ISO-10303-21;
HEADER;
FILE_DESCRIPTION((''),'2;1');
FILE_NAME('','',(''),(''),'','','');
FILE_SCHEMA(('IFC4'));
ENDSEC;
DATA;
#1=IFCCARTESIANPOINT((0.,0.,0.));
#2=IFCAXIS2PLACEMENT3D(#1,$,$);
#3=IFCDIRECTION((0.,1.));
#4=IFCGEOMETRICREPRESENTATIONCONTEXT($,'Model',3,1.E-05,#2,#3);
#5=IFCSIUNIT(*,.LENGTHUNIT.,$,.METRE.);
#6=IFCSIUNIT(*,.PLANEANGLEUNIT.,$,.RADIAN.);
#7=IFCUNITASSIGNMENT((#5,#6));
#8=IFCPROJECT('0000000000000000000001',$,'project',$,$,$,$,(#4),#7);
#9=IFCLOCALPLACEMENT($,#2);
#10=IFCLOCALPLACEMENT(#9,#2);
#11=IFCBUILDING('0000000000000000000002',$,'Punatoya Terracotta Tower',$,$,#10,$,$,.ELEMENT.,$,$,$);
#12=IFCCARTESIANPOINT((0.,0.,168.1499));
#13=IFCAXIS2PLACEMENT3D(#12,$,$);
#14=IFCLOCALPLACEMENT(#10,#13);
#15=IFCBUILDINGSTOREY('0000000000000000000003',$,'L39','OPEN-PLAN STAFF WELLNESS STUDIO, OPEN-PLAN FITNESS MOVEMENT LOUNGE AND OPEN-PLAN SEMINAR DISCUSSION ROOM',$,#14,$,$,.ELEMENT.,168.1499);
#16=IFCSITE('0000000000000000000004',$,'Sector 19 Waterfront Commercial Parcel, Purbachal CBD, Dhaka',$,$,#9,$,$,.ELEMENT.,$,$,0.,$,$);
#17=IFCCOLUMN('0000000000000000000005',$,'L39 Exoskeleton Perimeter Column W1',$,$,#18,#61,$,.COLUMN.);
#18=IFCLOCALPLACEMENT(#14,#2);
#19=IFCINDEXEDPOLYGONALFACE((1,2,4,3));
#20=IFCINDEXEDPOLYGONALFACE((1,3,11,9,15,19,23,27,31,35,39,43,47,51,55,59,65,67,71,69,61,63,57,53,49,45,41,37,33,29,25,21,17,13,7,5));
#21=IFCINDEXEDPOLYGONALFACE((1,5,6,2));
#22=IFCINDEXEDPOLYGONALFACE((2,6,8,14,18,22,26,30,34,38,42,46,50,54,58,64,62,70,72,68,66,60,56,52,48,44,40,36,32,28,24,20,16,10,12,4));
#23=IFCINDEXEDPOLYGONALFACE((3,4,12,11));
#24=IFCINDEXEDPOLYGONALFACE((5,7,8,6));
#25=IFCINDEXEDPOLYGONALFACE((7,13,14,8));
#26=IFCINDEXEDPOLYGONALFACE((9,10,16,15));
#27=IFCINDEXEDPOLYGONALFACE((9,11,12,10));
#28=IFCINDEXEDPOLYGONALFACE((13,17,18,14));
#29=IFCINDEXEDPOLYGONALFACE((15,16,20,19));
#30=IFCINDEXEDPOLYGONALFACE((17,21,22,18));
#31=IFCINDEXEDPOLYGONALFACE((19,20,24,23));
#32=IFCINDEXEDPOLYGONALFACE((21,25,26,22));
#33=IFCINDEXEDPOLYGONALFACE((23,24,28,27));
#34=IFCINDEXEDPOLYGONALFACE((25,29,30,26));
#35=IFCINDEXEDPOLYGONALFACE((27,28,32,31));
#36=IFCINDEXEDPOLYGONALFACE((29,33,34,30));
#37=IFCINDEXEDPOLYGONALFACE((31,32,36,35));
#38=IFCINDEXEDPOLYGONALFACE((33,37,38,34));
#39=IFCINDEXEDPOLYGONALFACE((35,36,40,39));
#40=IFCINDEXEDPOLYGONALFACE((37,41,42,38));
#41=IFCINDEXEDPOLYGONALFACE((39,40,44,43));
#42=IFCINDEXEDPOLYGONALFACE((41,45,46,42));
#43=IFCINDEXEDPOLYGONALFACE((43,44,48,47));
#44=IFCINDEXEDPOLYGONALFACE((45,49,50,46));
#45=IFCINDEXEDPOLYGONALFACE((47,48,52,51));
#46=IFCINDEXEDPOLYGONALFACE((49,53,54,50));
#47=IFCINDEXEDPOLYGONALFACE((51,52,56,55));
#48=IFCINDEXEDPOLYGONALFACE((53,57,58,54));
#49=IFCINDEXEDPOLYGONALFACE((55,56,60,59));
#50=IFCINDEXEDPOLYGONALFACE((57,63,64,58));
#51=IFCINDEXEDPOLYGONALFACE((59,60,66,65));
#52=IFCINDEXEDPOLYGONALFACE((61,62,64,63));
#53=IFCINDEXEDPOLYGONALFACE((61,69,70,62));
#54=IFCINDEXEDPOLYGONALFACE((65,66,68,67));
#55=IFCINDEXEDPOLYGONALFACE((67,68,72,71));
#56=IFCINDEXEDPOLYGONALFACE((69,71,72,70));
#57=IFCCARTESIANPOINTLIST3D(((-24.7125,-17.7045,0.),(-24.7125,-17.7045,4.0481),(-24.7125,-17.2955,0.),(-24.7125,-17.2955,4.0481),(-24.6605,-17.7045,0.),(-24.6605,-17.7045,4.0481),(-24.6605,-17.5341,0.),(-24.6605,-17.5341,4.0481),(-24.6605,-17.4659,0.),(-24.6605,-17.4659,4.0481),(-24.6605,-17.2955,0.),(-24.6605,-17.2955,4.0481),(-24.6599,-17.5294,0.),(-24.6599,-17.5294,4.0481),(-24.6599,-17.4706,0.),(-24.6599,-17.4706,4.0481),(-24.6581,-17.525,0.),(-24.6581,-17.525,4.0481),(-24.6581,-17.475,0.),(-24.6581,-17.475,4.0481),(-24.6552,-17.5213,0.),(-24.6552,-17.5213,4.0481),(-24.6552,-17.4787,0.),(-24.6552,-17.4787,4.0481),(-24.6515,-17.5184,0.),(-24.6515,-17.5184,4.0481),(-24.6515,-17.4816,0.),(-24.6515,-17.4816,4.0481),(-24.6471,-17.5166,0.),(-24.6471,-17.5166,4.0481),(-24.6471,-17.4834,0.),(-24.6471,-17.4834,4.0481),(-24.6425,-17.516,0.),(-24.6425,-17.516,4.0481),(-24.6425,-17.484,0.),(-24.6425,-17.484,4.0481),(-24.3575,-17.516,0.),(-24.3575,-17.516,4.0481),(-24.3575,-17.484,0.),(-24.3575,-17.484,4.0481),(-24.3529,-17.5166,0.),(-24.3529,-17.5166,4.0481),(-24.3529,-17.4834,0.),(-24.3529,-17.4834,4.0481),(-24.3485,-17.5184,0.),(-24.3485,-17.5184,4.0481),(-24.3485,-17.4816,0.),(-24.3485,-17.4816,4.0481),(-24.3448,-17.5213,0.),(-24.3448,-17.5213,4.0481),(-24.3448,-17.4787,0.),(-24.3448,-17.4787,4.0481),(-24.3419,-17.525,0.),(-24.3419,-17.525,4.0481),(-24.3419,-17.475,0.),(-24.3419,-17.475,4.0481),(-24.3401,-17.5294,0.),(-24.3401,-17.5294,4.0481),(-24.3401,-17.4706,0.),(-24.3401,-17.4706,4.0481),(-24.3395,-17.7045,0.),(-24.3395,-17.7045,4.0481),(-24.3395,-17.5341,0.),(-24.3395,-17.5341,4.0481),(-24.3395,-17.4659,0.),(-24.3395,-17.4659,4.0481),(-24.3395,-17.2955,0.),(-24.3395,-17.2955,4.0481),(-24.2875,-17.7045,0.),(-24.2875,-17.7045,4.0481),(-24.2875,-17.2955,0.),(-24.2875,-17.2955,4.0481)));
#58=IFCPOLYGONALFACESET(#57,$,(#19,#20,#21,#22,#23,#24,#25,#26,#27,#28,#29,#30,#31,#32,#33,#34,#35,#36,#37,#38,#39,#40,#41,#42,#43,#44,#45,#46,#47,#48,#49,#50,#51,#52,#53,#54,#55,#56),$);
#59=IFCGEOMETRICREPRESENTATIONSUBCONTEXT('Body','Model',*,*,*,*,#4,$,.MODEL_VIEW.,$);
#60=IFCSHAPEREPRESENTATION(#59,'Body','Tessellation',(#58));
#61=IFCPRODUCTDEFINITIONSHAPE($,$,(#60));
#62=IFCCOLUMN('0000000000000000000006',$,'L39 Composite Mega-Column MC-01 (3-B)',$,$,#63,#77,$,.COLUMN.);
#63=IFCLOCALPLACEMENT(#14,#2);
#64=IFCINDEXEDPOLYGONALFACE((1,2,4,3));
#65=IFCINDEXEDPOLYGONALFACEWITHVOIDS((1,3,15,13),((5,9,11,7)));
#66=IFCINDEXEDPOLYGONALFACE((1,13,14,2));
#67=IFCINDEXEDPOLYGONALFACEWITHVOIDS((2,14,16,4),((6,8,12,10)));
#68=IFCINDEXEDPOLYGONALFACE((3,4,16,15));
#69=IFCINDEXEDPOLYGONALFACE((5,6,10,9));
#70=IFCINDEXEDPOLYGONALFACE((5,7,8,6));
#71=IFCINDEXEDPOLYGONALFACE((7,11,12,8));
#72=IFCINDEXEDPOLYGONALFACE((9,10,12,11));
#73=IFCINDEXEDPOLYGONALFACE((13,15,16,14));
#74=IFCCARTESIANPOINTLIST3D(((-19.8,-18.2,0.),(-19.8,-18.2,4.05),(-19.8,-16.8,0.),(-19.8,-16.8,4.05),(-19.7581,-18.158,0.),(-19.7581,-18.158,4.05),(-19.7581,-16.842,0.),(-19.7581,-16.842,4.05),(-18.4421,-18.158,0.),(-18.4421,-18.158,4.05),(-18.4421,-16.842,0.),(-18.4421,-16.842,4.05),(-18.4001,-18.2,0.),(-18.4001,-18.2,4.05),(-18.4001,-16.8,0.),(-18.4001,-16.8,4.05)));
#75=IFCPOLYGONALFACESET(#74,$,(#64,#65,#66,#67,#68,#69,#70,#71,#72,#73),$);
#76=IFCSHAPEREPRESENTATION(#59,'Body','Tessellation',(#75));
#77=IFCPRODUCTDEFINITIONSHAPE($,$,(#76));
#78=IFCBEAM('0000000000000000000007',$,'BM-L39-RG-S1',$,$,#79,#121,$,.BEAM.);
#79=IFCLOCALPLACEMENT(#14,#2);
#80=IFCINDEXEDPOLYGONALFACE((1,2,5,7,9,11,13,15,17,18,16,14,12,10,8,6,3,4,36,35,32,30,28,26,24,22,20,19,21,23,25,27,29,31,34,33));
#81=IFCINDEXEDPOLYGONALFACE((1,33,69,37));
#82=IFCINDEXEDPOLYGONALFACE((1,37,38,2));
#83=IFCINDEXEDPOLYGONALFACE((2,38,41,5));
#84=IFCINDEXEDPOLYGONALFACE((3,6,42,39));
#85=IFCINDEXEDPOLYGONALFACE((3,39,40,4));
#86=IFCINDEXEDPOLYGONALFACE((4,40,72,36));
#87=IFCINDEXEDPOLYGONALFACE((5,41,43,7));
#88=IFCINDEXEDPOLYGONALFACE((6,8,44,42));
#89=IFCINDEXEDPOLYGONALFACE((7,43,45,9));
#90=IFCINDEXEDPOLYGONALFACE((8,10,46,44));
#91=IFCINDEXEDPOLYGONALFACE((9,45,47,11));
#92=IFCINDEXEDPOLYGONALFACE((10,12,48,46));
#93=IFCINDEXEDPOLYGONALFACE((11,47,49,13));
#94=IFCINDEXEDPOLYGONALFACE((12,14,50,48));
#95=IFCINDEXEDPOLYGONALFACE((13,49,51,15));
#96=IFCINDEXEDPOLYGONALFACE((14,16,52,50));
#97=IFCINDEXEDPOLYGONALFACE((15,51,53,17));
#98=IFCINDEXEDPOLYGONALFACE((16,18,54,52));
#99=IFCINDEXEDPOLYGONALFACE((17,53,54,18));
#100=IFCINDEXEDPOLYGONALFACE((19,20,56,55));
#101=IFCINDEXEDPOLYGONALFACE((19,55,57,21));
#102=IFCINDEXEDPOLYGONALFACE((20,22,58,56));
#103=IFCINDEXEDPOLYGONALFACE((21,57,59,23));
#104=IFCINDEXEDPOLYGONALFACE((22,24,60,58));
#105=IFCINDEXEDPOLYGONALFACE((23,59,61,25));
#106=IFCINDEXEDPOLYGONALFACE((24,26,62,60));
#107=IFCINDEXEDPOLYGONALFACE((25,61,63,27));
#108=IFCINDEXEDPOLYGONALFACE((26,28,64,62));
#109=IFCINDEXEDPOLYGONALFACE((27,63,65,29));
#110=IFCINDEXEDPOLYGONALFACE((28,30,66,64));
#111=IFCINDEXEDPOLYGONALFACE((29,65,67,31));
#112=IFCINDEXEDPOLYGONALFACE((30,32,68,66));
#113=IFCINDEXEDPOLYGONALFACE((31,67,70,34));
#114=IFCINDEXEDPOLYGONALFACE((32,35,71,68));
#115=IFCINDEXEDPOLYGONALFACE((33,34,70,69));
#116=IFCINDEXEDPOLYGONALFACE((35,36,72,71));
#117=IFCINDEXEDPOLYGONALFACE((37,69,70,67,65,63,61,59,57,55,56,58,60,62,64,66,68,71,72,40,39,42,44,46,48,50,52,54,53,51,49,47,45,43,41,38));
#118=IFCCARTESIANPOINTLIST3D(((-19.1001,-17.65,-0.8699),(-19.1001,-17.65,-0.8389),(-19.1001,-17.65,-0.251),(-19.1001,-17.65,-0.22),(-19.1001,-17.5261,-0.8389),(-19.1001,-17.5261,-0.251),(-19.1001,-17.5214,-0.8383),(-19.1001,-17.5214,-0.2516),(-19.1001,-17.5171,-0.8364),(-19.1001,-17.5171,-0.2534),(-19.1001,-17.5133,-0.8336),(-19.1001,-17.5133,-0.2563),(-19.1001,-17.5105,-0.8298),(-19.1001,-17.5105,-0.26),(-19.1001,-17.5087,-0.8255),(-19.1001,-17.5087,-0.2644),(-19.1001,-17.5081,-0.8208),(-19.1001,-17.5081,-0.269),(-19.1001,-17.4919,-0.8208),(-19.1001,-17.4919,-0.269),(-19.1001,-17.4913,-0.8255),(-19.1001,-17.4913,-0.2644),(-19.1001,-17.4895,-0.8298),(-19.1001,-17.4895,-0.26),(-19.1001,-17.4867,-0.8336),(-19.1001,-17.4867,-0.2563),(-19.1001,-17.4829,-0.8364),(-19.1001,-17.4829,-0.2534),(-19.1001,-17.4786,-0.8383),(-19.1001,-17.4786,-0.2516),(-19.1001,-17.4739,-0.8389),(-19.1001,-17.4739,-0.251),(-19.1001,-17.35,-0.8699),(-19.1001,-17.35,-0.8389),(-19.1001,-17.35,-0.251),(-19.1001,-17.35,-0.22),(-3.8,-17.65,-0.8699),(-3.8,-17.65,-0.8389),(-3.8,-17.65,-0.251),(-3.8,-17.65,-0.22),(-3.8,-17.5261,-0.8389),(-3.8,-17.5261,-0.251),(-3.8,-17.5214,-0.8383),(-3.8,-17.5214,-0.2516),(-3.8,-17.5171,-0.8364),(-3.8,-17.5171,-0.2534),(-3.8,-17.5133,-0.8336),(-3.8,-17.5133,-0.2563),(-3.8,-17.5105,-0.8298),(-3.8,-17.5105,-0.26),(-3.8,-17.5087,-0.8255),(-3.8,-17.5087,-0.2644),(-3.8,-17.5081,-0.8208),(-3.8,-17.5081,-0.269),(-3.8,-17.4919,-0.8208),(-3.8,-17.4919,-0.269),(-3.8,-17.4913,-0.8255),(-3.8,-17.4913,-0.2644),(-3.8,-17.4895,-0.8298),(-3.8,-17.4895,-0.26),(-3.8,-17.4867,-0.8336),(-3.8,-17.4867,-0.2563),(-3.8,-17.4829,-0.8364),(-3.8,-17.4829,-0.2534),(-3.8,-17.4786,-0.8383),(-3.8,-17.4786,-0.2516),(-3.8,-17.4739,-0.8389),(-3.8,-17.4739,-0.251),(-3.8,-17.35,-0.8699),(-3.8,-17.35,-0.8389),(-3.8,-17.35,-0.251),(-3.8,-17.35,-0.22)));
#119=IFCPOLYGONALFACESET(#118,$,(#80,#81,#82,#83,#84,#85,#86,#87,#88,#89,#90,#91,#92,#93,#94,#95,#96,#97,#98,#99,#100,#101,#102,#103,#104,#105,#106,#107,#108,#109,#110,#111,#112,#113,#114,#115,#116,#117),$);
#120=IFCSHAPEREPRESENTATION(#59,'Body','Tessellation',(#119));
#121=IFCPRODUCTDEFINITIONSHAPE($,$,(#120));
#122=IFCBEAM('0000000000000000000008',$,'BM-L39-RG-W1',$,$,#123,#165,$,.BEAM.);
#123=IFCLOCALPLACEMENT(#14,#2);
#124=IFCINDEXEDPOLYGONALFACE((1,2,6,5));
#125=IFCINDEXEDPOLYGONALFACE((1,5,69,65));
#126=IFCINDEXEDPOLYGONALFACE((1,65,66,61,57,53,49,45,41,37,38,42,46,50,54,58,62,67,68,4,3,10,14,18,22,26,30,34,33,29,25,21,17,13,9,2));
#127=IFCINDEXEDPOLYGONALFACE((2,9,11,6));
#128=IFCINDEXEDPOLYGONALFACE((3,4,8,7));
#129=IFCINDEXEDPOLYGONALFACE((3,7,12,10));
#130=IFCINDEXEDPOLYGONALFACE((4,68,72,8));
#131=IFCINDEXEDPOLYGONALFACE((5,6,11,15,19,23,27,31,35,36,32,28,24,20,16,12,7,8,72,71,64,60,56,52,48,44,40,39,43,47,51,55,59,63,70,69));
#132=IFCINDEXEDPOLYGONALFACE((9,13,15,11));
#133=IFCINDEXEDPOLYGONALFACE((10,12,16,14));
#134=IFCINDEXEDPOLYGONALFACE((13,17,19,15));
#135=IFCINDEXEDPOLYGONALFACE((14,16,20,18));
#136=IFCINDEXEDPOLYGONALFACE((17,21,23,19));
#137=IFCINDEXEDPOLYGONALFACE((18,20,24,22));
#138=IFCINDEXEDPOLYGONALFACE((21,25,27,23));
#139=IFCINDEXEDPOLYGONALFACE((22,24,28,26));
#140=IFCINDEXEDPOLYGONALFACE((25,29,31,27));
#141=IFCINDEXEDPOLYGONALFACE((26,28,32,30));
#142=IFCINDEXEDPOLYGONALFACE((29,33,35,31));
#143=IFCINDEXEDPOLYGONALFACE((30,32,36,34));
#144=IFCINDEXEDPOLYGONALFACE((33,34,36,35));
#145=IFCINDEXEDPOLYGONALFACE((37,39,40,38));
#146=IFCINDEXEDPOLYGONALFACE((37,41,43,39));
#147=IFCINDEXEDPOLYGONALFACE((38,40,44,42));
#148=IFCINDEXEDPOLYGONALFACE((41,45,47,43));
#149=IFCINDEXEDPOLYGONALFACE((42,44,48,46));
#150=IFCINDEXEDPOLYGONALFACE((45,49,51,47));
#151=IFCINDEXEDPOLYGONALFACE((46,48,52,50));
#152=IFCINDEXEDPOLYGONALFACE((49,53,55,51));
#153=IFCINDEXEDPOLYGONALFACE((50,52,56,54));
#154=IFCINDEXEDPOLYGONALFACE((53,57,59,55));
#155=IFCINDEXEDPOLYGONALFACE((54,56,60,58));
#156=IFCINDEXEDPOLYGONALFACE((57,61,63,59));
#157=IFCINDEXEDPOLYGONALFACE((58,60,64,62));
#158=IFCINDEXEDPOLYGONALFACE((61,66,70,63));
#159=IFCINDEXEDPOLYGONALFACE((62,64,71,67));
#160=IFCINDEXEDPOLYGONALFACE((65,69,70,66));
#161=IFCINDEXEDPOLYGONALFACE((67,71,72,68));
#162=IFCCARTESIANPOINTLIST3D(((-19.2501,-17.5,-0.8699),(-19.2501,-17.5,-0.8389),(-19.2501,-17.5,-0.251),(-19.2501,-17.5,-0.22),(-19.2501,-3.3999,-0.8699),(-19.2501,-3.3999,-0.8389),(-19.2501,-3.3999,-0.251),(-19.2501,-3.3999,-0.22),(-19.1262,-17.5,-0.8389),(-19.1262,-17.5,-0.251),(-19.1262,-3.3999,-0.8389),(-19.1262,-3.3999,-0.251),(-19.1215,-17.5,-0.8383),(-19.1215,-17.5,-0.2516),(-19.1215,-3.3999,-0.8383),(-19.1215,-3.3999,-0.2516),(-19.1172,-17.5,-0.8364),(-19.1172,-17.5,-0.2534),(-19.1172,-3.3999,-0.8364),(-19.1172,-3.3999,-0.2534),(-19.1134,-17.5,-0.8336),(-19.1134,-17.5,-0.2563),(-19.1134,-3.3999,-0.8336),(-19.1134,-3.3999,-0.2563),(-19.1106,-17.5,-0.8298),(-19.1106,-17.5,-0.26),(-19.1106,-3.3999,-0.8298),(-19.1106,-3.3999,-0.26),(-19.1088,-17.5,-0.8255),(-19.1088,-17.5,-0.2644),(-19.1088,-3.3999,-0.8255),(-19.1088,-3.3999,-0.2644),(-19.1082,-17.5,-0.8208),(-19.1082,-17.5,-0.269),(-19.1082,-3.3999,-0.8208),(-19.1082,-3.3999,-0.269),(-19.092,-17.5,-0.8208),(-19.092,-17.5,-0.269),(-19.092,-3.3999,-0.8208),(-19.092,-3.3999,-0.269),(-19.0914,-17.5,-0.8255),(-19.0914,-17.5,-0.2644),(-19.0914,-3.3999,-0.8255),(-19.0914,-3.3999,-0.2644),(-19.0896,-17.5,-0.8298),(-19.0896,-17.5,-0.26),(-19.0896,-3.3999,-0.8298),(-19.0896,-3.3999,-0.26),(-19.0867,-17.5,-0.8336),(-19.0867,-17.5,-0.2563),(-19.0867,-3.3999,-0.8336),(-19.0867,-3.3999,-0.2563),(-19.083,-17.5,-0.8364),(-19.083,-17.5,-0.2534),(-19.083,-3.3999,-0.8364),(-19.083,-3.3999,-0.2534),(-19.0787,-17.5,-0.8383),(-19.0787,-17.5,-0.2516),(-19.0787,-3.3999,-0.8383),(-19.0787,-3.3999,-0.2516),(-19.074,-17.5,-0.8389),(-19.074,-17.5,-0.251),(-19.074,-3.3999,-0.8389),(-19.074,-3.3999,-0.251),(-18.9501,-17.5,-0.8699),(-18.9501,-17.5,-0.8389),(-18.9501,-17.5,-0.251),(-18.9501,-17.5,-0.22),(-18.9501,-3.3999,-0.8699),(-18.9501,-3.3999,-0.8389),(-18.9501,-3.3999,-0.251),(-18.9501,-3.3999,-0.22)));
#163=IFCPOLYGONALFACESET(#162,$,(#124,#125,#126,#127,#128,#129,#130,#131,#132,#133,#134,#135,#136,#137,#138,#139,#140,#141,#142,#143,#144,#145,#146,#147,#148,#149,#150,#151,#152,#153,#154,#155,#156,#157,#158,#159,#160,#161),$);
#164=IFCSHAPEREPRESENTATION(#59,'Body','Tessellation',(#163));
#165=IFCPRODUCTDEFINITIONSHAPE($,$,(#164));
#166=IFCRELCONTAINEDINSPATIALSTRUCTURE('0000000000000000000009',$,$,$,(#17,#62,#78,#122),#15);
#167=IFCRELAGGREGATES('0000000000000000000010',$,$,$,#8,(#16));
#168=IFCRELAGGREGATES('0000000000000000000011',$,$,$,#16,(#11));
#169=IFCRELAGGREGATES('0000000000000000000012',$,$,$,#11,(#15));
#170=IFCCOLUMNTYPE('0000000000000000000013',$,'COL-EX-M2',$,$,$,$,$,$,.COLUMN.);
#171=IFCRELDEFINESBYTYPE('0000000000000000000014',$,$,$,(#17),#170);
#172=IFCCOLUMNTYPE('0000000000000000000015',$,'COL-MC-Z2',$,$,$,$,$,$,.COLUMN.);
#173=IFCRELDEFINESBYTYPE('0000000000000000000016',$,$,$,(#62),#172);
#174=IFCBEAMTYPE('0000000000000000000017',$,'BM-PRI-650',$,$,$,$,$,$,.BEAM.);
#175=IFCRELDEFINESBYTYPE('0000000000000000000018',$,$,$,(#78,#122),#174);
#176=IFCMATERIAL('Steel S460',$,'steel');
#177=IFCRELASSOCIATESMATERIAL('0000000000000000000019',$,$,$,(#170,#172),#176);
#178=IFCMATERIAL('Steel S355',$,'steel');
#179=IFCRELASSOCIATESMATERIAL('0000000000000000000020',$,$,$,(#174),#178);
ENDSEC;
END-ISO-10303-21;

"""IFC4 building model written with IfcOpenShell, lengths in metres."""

from ifc_helpers import new_model, si_unit, direction, frame, origin, origin_2d, place, context, subcontext, project, spatial, hollow_rectangle, i_section, extrude, material, material_profile, profile_set, type_object, element, save


model = new_model("IFC4")

# Units and contexts
model_context = context("Model", 3, precision=1e-05, world=origin(), true_north=direction((0.0, 1.0)))
body_context = subcontext(model_context, "Body", "Model", "MODEL_VIEW")
ifc_project = project(units=[si_unit("LENGTHUNIT", "METRE"), si_unit("PLANEANGLEUNIT", "RADIAN")], contexts=[model_context])

# Site, building, storey
site_placement = place(None, origin())
site = spatial("IfcSite", under=ifc_project, at=site_placement, Name="Sector 19 Waterfront Commercial Parcel, Purbachal CBD, Dhaka", CompositionType="ELEMENT", RefElevation=0.0)
building_placement = place(site_placement, origin())
building = spatial("IfcBuilding", under=site, at=building_placement, Name="Punatoya Terracotta Tower", CompositionType="ELEMENT")
storey_placement = place(building_placement, frame((0.0, 0.0, 168.1499)))
storey = spatial("IfcBuildingStorey", under=building, at=storey_placement, Name="L39", Description="OPEN-PLAN STAFF WELLNESS STUDIO, OPEN-PLAN FITNESS MOVEMENT LOUNGE AND OPEN-PLAN SEMINAR DISCUSSION ROOM", CompositionType="ELEMENT", Elevation=168.1499)

# Columns
ifc_material_1 = material(Name="Steel S460", Category="steel")
ifc_material_profile_1 = material_profile(ifc_material_1, i_section(OverallWidth=0.4089, OverallDepth=0.425, WebThickness=0.032, FlangeThickness=0.052, FilletRadius=0.0181, at=origin_2d()))
ifc_profile_set_1 = profile_set([ifc_material_profile_1], Name="Steel S460")
column_type_1 = type_object("IfcColumnType", Name="COL-EX-M2", PredefinedType="COLUMN", material=ifc_profile_set_1)
column_1_placement = place(storey_placement, frame((-24.5, -17.5, 0.0), z_axis=(0.0, 0.0, 1.0), x_axis=(0.0, 1.0, 0.0)))
element("IfcColumn", 1, at=column_1_placement, inside=storey, type_object=column_type_1, Name="L39 Exoskeleton Perimeter Column W1", PredefinedType="COLUMN", context=body_context, shape_type="SweptSolid", body=[
    extrude(i_section(OverallWidth=0.4089, OverallDepth=0.425, WebThickness=0.032, FlangeThickness=0.052, FilletRadius=0.0181, at=origin_2d()), origin(), (0.0, 0.0, 1.0), 4.0481),
])
ifc_material_profile_2 = material_profile(ifc_material_1, hollow_rectangle(XDim=1.3999, YDim=1.3999, WallThickness=0.042, at=origin_2d()))
ifc_profile_set_2 = profile_set([ifc_material_profile_2], Name="Steel S460")
column_type_2 = type_object("IfcColumnType", Name="COL-MC-Z2", PredefinedType="COLUMN", material=ifc_profile_set_2)
column_2_placement = place(storey_placement, frame((-19.1001, -17.5, 0.0), z_axis=(0.0, 0.0, 1.0), x_axis=(1.0, 0.0, 0.0)))
element("IfcColumn", 2, at=column_2_placement, inside=storey, type_object=column_type_2, Name="L39 Composite Mega-Column MC-01 (3-B)", PredefinedType="COLUMN", context=body_context, shape_type="SweptSolid", body=[
    extrude(hollow_rectangle(XDim=1.3999, YDim=1.3999, WallThickness=0.042, at=origin_2d()), origin(), (0.0, 0.0, 1.0), 4.05),
])

# Beams
ifc_material_2 = material(Name="Steel S355", Category="steel")
ifc_material_profile_3 = material_profile(ifc_material_2, i_section(OverallWidth=0.3, OverallDepth=0.6499, WebThickness=0.0161, FlangeThickness=0.031, FilletRadius=0.0181, at=origin_2d()))
ifc_profile_set_3 = profile_set([ifc_material_profile_3], Name="Steel S355")
beam_type_1 = type_object("IfcBeamType", Name="BM-PRI-650", PredefinedType="BEAM", material=ifc_profile_set_3)
beam_1_placement = place(storey_placement, frame((-19.1001, -17.5, -0.5449), z_axis=(1.0, 0.0, 0.0), x_axis=(0.0, 1.0, 0.0)))
element("IfcBeam", 3, at=beam_1_placement, inside=storey, type_object=beam_type_1, Name="BM-L39-RG-S1", PredefinedType="BEAM", context=body_context, shape_type="SweptSolid", body=[
    extrude(i_section(OverallWidth=0.3, OverallDepth=0.6499, WebThickness=0.0161, FlangeThickness=0.031, FilletRadius=0.0181, at=origin_2d()), origin(), (0.0, 0.0, 1.0), 15.3),
])
beam_2_placement = place(storey_placement, frame((-19.1001, -17.5, -0.5449), z_axis=(0.0, 1.0, 0.0), x_axis=(-1.0, 0.0, 0.0)))
element("IfcBeam", 4, at=beam_2_placement, inside=storey, type_object=beam_type_1, Name="BM-L39-RG-W1", PredefinedType="BEAM", context=body_context, shape_type="SweptSolid", body=[
    extrude(i_section(OverallWidth=0.3, OverallDepth=0.6499, WebThickness=0.0161, FlangeThickness=0.031, FilletRadius=0.0181, at=origin_2d()), origin(), (0.0, 0.0, 1.0), 14.1001),
])

save(model, "model.ifc")
